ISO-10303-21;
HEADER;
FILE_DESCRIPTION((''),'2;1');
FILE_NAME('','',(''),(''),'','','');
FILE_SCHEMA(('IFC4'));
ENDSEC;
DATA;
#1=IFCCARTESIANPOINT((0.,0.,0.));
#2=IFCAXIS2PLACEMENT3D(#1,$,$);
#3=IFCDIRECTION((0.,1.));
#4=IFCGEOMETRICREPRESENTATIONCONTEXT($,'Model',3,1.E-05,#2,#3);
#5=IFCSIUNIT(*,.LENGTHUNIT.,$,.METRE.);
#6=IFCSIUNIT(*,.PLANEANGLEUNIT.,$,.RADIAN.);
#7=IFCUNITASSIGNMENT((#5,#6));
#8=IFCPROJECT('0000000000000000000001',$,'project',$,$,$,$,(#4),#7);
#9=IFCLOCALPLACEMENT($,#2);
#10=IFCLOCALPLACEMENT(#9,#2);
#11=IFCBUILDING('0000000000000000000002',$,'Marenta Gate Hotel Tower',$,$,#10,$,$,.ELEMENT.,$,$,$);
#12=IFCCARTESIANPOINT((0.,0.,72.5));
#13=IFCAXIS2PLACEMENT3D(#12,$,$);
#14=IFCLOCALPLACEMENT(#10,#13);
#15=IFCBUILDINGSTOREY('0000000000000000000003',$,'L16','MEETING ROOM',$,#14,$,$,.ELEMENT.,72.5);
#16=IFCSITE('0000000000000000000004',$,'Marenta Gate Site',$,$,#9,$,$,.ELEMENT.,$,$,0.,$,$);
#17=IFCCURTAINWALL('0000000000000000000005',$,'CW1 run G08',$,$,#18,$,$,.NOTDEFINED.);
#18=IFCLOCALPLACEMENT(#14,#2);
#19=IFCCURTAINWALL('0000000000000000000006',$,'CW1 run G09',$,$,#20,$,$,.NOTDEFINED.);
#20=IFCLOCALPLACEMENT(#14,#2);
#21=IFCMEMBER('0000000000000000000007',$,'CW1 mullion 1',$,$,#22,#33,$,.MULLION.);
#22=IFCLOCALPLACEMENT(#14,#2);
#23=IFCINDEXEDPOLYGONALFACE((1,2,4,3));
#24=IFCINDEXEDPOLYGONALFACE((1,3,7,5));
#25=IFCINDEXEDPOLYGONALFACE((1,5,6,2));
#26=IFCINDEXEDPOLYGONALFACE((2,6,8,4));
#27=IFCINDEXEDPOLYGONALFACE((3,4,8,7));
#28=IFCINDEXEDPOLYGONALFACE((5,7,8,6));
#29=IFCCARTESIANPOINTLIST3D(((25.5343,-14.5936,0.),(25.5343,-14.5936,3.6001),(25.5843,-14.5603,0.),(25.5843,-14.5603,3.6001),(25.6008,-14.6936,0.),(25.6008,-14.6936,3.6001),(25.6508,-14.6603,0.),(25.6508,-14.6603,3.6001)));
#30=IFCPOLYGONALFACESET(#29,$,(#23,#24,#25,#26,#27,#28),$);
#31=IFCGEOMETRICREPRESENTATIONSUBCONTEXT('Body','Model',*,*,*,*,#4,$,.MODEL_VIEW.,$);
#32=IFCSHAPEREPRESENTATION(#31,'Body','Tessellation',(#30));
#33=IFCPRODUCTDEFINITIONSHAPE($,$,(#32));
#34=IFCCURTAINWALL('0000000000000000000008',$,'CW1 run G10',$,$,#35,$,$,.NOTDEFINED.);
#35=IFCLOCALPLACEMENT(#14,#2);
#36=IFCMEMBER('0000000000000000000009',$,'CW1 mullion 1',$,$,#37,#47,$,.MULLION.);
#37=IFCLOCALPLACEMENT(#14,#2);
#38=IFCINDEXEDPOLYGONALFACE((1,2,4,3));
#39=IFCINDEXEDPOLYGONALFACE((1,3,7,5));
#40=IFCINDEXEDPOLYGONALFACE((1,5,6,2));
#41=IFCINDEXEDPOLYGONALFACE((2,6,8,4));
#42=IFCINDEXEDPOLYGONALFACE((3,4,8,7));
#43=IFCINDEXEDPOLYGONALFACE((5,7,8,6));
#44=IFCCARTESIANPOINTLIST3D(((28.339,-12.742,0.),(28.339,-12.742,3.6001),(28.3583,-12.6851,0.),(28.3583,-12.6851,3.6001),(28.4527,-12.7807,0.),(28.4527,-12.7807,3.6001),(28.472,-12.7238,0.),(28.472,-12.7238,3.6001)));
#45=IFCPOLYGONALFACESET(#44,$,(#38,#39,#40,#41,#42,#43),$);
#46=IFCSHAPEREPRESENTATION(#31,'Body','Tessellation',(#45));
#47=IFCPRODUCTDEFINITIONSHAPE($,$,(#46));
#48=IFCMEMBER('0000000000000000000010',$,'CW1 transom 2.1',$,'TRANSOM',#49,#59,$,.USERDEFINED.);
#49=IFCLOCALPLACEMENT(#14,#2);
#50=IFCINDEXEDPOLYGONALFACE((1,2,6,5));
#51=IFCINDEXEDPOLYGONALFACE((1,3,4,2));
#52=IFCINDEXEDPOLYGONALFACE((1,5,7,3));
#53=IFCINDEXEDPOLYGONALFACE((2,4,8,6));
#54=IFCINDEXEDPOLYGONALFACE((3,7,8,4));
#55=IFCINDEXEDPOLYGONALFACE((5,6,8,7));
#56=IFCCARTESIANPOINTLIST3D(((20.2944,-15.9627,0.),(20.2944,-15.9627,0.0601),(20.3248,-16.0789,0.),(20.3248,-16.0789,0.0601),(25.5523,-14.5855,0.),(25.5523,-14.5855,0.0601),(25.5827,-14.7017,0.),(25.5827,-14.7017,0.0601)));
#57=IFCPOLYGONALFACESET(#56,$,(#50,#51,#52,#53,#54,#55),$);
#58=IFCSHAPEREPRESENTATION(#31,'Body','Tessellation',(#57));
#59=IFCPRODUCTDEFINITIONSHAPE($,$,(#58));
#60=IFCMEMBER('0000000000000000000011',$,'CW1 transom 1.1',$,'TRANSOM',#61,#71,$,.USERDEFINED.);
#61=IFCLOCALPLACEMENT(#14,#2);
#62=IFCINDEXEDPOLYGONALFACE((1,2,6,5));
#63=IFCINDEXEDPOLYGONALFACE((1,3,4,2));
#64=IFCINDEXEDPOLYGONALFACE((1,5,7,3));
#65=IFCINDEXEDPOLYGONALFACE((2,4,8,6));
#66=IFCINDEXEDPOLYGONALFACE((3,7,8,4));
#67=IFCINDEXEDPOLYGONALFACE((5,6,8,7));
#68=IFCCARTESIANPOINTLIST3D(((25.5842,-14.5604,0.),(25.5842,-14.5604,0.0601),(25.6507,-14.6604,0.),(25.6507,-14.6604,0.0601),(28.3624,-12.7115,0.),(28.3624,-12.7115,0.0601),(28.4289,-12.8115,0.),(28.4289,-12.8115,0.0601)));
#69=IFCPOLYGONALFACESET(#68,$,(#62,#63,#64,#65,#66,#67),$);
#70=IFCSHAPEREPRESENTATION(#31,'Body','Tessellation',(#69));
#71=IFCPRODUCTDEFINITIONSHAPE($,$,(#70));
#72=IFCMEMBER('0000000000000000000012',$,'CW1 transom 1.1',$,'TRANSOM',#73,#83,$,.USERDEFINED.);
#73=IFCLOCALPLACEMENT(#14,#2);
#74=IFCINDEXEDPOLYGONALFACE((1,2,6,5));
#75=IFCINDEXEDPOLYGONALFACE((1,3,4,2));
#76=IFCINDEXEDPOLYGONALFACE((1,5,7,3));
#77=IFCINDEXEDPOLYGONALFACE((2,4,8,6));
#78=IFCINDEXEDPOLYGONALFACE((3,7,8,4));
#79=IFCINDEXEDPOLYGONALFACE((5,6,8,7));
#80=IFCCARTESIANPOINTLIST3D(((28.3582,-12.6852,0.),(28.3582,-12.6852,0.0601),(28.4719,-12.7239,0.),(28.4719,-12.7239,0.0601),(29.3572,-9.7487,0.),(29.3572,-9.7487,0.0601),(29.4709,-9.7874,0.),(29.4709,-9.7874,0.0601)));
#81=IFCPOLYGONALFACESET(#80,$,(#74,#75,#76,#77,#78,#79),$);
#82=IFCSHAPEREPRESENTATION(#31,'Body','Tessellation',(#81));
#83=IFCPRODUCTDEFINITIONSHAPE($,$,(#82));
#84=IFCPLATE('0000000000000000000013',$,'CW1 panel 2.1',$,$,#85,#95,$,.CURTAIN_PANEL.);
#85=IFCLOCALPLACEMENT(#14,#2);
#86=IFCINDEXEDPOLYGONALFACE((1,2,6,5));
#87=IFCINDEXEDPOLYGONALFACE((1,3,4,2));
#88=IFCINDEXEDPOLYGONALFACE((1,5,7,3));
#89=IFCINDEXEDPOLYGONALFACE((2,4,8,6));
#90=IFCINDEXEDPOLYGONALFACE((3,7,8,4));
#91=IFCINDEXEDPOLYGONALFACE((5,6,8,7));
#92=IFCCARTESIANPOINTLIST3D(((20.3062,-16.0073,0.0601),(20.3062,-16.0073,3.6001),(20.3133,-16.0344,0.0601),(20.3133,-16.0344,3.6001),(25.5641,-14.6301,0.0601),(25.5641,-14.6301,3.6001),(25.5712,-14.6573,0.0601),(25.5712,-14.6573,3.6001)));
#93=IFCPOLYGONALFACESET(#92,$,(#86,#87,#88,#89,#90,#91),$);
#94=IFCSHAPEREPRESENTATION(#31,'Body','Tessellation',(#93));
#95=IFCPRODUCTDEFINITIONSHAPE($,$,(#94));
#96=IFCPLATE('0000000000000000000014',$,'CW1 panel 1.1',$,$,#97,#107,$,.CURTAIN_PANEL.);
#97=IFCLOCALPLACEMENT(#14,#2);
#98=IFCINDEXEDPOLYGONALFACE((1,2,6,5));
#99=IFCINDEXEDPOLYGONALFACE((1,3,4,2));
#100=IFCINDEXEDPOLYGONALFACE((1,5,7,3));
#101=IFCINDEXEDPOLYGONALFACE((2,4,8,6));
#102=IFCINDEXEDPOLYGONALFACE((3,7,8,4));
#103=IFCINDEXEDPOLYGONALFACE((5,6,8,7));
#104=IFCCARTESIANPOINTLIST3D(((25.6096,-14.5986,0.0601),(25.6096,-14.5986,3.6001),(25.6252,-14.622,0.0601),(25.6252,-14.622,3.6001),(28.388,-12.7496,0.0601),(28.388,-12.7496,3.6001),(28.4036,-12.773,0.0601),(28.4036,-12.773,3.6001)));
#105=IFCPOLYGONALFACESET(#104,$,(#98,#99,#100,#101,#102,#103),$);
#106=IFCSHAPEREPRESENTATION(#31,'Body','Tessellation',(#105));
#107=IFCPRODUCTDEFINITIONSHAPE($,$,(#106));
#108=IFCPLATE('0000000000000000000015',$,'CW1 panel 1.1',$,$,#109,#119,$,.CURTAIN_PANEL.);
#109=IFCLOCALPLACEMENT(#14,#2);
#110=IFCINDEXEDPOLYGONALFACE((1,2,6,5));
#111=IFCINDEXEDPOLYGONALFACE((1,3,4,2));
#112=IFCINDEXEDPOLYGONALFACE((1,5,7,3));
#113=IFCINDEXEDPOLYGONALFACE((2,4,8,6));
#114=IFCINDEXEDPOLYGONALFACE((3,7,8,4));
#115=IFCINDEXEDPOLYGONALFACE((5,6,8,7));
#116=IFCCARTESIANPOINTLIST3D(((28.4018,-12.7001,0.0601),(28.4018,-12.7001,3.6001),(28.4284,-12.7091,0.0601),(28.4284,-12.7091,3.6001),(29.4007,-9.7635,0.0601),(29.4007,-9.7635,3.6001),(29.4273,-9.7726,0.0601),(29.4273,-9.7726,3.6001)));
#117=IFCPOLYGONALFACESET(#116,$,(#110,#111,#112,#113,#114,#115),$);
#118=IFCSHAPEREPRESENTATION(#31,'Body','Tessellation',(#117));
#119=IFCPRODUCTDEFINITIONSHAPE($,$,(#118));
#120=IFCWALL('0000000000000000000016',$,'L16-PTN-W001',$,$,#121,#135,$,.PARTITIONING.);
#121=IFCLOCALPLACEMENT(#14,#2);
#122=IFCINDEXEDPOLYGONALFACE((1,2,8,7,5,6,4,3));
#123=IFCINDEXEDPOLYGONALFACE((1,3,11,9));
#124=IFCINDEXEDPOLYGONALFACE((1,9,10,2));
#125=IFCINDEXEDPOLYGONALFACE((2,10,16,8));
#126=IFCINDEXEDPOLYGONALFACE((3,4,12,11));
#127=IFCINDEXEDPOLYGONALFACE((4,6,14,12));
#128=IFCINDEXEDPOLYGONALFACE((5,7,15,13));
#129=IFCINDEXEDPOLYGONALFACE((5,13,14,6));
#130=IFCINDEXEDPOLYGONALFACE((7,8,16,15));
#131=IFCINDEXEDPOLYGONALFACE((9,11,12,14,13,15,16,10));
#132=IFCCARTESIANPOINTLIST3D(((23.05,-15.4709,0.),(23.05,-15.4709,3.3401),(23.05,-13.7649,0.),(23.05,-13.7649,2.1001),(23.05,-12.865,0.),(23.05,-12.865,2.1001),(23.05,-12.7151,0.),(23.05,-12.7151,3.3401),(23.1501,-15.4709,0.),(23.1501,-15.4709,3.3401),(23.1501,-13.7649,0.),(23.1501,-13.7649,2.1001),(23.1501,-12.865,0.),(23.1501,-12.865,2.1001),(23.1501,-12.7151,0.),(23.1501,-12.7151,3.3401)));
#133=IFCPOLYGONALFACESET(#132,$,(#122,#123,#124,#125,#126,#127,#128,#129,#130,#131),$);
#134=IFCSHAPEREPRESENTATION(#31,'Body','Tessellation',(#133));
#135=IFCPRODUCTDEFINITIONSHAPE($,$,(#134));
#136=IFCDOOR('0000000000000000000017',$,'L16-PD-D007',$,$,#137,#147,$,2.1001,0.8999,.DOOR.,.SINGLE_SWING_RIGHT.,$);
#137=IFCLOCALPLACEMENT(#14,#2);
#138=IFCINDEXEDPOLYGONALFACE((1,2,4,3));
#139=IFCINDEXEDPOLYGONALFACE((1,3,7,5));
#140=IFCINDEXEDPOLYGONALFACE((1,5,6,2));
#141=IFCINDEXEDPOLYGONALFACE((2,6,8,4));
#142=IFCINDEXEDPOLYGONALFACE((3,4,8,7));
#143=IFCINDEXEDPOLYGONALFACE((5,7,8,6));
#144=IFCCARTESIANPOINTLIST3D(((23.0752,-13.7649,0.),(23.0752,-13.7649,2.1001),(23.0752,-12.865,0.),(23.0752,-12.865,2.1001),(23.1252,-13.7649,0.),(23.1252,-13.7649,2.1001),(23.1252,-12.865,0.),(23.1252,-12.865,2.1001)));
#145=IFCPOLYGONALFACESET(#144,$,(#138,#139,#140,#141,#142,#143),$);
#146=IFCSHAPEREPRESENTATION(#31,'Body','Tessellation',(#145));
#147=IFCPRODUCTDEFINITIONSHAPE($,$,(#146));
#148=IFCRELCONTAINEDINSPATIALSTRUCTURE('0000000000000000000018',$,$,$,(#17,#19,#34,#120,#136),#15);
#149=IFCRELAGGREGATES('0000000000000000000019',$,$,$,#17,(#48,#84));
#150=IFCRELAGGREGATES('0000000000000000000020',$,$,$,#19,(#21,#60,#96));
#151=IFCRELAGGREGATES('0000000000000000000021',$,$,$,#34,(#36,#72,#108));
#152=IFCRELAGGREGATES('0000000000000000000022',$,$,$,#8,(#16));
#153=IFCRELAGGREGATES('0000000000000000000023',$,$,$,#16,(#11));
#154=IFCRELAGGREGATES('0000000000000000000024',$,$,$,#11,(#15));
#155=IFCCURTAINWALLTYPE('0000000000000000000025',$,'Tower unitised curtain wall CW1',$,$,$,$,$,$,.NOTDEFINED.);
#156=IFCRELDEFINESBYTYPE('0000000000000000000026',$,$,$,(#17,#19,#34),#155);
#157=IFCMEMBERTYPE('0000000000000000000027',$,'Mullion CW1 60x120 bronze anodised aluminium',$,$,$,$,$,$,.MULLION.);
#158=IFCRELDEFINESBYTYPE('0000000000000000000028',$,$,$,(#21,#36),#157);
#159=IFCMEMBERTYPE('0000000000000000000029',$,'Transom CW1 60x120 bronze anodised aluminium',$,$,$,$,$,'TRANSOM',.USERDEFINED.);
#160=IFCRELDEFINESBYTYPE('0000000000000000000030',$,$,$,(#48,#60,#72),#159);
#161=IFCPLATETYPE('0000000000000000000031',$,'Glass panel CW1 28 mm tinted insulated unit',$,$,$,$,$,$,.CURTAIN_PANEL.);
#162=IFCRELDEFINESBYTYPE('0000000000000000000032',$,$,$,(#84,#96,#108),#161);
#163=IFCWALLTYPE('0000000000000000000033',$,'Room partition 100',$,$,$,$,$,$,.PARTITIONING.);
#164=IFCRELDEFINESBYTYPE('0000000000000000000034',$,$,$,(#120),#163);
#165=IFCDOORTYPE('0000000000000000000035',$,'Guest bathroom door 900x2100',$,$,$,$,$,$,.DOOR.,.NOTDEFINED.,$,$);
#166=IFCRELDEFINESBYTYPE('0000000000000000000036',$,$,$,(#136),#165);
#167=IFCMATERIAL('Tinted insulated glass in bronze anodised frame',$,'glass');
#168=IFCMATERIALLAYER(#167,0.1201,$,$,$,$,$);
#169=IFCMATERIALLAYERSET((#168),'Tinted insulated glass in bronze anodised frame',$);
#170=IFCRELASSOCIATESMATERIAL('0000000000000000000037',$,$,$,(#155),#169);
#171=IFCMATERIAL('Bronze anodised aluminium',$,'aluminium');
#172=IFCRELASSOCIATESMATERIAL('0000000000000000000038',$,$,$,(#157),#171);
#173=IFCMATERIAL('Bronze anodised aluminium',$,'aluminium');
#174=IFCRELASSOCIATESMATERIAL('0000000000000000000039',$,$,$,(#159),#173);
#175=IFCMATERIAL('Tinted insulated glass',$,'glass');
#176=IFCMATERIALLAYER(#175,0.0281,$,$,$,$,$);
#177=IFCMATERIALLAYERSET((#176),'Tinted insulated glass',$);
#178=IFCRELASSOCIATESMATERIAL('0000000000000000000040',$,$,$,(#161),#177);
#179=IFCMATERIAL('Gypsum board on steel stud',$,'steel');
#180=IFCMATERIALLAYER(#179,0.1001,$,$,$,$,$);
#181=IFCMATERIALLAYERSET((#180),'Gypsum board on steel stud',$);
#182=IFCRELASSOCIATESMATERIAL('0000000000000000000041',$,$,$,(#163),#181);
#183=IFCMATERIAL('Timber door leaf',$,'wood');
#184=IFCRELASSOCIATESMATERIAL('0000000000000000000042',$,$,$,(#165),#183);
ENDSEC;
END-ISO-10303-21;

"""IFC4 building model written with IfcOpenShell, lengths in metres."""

from ifc_helpers import new_model, si_unit, direction, frame, frame_2d, origin, origin_2d, place, context, subcontext, project, spatial, rectangle, extrude, material, layer, layer_set, material_profile, profile_set, type_object, element, fill, aggregate, save


model = new_model("IFC4")

# Units and contexts
model_context = context("Model", 3, precision=1e-05, world=origin(), true_north=direction((0.0, 1.0)))
body_context = subcontext(model_context, "Body", "Model", "MODEL_VIEW")
ifc_project = project(units=[si_unit("LENGTHUNIT", "METRE"), si_unit("PLANEANGLEUNIT", "RADIAN")], contexts=[model_context])

# Site, building, storey
site_placement = place(None, origin())
site = spatial("IfcSite", under=ifc_project, at=site_placement, Name="Marenta Gate Site", CompositionType="ELEMENT", RefElevation=0.0)
building_placement = place(site_placement, origin())
building = spatial("IfcBuilding", under=site, at=building_placement, Name="Marenta Gate Hotel Tower", CompositionType="ELEMENT")
storey_placement = place(building_placement, frame((0.0, 0.0, 72.5)))
storey = spatial("IfcBuildingStorey", under=building, at=storey_placement, Name="L16", Description="MEETING ROOM", CompositionType="ELEMENT", Elevation=72.5)

# Curtain walls, members
ifc_material_1 = material(Name="Tinted insulated glass in bronze anodised frame", Category="glass")
ifc_layer_1 = layer(ifc_material_1, 0.1201)
ifc_layer_set_1 = layer_set([ifc_layer_1], Name="Tinted insulated glass in bronze anodised frame")
curtain_wall_type = type_object("IfcCurtainWallType", Name="Tower unitised curtain wall CW1", PredefinedType="NOTDEFINED", material=ifc_layer_set_1)
curtain_wall_1_placement = place(storey_placement, origin())
curtain_wall_1 = element("IfcCurtainWall", 1, at=curtain_wall_1_placement, inside=storey, type_object=curtain_wall_type, Name="CW1 run G08", PredefinedType="NOTDEFINED")
ifc_material_2 = material(Name="Bronze anodised aluminium", Category="aluminium")
ifc_material_profile_1 = material_profile(ifc_material_2, rectangle(XDim=0.1201, YDim=0.0601, at=origin_2d()), Name="Mullion CW1 60x120 bronze anodised aluminium")
ifc_profile_set_1 = profile_set([ifc_material_profile_1], Name="Bronze anodised aluminium")
member_type_1 = type_object("IfcMemberType", Name="Mullion CW1 60x120 bronze anodised aluminium", PredefinedType="MULLION", material=ifc_profile_set_1)
curtain_wall_2_placement = place(storey_placement, origin())
curtain_wall_2 = element("IfcCurtainWall", 2, at=curtain_wall_2_placement, inside=storey, type_object=curtain_wall_type, Name="CW1 run G09", PredefinedType="NOTDEFINED")
member_1_placement = place(storey_placement, frame((25.5925, -14.627, 0.0), z_axis=(0.0, 0.0, 1.0), x_axis=(-0.554034, 0.832494, 0.0)))
member_1 = element("IfcMember", 3, at=member_1_placement, type_object=member_type_1, Name="CW1 mullion 1", PredefinedType="MULLION", context=body_context, shape_type="SweptSolid", body=[
    extrude(rectangle(XDim=0.1201, YDim=0.0601, at=origin_2d()), origin(), (0.0, 0.0, 1.0), 3.6001),
])
curtain_wall_3_placement = place(storey_placement, origin())
curtain_wall_3 = element("IfcCurtainWall", 4, at=curtain_wall_3_placement, inside=storey, type_object=curtain_wall_type, Name="CW1 run G10", PredefinedType="NOTDEFINED")
member_2_placement = place(storey_placement, frame((28.4055, -12.7329, 0.0), z_axis=(0.0, 0.0, 1.0), x_axis=(-0.94673, 0.322029, 0.0)))
member_2 = element("IfcMember", 5, at=member_2_placement, type_object=member_type_1, Name="CW1 mullion 1", PredefinedType="MULLION", context=body_context, shape_type="SweptSolid", body=[
    extrude(rectangle(XDim=0.1201, YDim=0.0601, at=origin_2d()), origin(), (0.0, 0.0, 1.0), 3.6001),
])

# Members
ifc_material_3 = material(Name="Bronze anodised aluminium", Category="aluminium")
ifc_material_profile_2 = material_profile(ifc_material_3, rectangle(XDim=0.1201, YDim=0.0601, at=origin_2d()), Name="Transom CW1 60x120 bronze anodised aluminium")
ifc_profile_set_2 = profile_set([ifc_material_profile_2], Name="Bronze anodised aluminium")
member_type_2 = type_object("IfcMemberType", Name="Transom CW1 60x120 bronze anodised aluminium", ElementType="TRANSOM", PredefinedType="USERDEFINED", material=ifc_profile_set_2)
member_3_placement = place(storey_placement, frame((20.3096, -16.0208, 0.03), z_axis=(0.967368, 0.253374, 0.0), x_axis=(-0.253374, 0.967368, 0.0)))
member_3 = element("IfcMember", 6, at=member_3_placement, type_object=member_type_2, Name="CW1 transom 2.1", ObjectType="TRANSOM", PredefinedType="USERDEFINED", context=body_context, shape_type="SweptSolid", body=[
    extrude(rectangle(XDim=0.1201, YDim=0.0601, at=origin_2d()), origin(), (0.0, 0.0, 1.0), 5.4353),
])
member_4_placement = place(storey_placement, frame((25.6174, -14.6104, 0.03), z_axis=(0.832511, 0.554008, 0.0), x_axis=(-0.554008, 0.832511, 0.0)))
member_4 = element("IfcMember", 7, at=member_4_placement, type_object=member_type_2, Name="CW1 transom 1.1", ObjectType="TRANSOM", PredefinedType="USERDEFINED", context=body_context, shape_type="SweptSolid", body=[
    extrude(rectangle(XDim=0.1201, YDim=0.0601, at=origin_2d()), origin(), (0.0, 0.0, 1.0), 3.3372),
])
member_5_placement = place(storey_placement, frame((28.415, -12.7046, 0.03), z_axis=(0.322078, 0.946713, 0.0), x_axis=(-0.946713, 0.322078, 0.0)))
member_5 = element("IfcMember", 8, at=member_5_placement, type_object=member_type_2, Name="CW1 transom 1.1", ObjectType="TRANSOM", PredefinedType="USERDEFINED", context=body_context, shape_type="SweptSolid", body=[
    extrude(rectangle(XDim=0.1201, YDim=0.0601, at=origin_2d()), origin(), (0.0, 0.0, 1.0), 3.1018),
])

# Plates
ifc_material_4 = material(Name="Tinted insulated glass", Category="glass")
ifc_layer_2 = layer(ifc_material_4, 0.0281)
ifc_layer_set_2 = layer_set([ifc_layer_2], Name="Tinted insulated glass")
plate_type = type_object("IfcPlateType", Name="Glass panel CW1 28 mm tinted insulated unit", PredefinedType="CURTAIN_PANEL", material=ifc_layer_set_2)
plate_1_placement = place(storey_placement, frame((22.9387, -15.3323, 0.0601), z_axis=(0.0, 0.0, 1.0), x_axis=(0.967369, 0.253372, 0.0)))
plate_1 = element("IfcPlate", 9, at=plate_1_placement, type_object=plate_type, Name="CW1 panel 2.1", PredefinedType="CURTAIN_PANEL", context=body_context, shape_type="SweptSolid", body=[
    extrude(rectangle(XDim=5.4353, YDim=0.0281, at=origin_2d()), origin(), (0.0, 0.0, 1.0), 3.54),
])
aggregate(curtain_wall_1, [member_3, plate_1])
plate_2_placement = place(storey_placement, frame((27.0066, -13.6858, 0.0601), z_axis=(0.0, 0.0, 1.0), x_axis=(0.832494, 0.554034, 0.0)))
plate_2 = element("IfcPlate", 10, at=plate_2_placement, type_object=plate_type, Name="CW1 panel 1.1", PredefinedType="CURTAIN_PANEL", context=body_context, shape_type="SweptSolid", body=[
    extrude(rectangle(XDim=3.3374, YDim=0.0281, at=origin_2d()), origin(), (0.0, 0.0, 1.0), 3.54),
])
aggregate(curtain_wall_2, [member_1, member_4, plate_2])
plate_3_placement = place(storey_placement, frame((28.9146, -11.2363, 0.0601), z_axis=(0.0, 0.0, 1.0), x_axis=(0.322029, 0.94673, 0.0)))
plate_3 = element("IfcPlate", 11, at=plate_3_placement, type_object=plate_type, Name="CW1 panel 1.1", PredefinedType="CURTAIN_PANEL", context=body_context, shape_type="SweptSolid", body=[
    extrude(rectangle(XDim=3.1018, YDim=0.0281, at=origin_2d()), origin(), (0.0, 0.0, 1.0), 3.54),
])
aggregate(curtain_wall_3, [member_2, member_5, plate_3])

# Wall, opening, door
ifc_material_5 = material(Name="Gypsum board on steel stud", Category="steel")
ifc_layer_3 = layer(ifc_material_5, 0.1001)
ifc_layer_set_3 = layer_set([ifc_layer_3], Name="Gypsum board on steel stud")
wall_type = type_object("IfcWallType", Name="Room partition 100", PredefinedType="PARTITIONING", material=ifc_layer_set_3)
wall_placement = place(storey_placement, frame((23.1001, -15.4709, 0.0), z_axis=(0.0, 0.0, 1.0), x_axis=(0.0, 1.0, 0.0)))
wall = element("IfcWall", 12, at=wall_placement, inside=storey, type_object=wall_type, Name="L16-PTN-W001", PredefinedType="PARTITIONING", context=body_context, shape_type="SweptSolid", body=[
    extrude(rectangle(XDim=2.7559, YDim=0.1001, at=frame_2d((1.3779, 0.0))), origin(), (0.0, 0.0, 1.0), 3.3401),
])
opening_placement = place(wall_placement, frame((1.7061, 0.0, 0.0)))
opening = element("IfcOpeningElement", 13, at=opening_placement, cuts=wall, PredefinedType="OPENING", context=body_context, shape_type="SweptSolid", body=[
    extrude(rectangle(XDim=0.8999, YDim=2.1001, at=frame_2d((0.45, 1.05))), frame((0.0, 0.05, 0.0), z_axis=(0.0, -1.0, 0.0), x_axis=(1.0, 0.0, 0.0)), (0.0, 0.0, 1.0), 0.1001),
])
ifc_material_6 = material(Name="Timber door leaf", Category="wood")
door_type = type_object("IfcDoorType", Name="Guest bathroom door 900x2100", OperationType="NOTDEFINED", PredefinedType="DOOR", material=ifc_material_6)
door_placement = place(opening_placement, origin())
door = element("IfcDoor", 14, at=door_placement, inside=storey, type_object=door_type, Name="L16-PD-D007", OperationType="SINGLE_SWING_RIGHT", OverallHeight=2.1001, OverallWidth=0.8999, PredefinedType="DOOR", context=body_context, shape_type="SweptSolid", body=[
    extrude(rectangle(XDim=0.8999, YDim=2.1001, at=frame_2d((0.45, 1.05))), frame((0.0, 0.0249, 0.0), z_axis=(0.0, -1.0, 0.0), x_axis=(1.0, 0.0, 0.0)), (0.0, 0.0, 1.0), 0.05),
])
fill(opening, door)

save(model, "model.ifc")
